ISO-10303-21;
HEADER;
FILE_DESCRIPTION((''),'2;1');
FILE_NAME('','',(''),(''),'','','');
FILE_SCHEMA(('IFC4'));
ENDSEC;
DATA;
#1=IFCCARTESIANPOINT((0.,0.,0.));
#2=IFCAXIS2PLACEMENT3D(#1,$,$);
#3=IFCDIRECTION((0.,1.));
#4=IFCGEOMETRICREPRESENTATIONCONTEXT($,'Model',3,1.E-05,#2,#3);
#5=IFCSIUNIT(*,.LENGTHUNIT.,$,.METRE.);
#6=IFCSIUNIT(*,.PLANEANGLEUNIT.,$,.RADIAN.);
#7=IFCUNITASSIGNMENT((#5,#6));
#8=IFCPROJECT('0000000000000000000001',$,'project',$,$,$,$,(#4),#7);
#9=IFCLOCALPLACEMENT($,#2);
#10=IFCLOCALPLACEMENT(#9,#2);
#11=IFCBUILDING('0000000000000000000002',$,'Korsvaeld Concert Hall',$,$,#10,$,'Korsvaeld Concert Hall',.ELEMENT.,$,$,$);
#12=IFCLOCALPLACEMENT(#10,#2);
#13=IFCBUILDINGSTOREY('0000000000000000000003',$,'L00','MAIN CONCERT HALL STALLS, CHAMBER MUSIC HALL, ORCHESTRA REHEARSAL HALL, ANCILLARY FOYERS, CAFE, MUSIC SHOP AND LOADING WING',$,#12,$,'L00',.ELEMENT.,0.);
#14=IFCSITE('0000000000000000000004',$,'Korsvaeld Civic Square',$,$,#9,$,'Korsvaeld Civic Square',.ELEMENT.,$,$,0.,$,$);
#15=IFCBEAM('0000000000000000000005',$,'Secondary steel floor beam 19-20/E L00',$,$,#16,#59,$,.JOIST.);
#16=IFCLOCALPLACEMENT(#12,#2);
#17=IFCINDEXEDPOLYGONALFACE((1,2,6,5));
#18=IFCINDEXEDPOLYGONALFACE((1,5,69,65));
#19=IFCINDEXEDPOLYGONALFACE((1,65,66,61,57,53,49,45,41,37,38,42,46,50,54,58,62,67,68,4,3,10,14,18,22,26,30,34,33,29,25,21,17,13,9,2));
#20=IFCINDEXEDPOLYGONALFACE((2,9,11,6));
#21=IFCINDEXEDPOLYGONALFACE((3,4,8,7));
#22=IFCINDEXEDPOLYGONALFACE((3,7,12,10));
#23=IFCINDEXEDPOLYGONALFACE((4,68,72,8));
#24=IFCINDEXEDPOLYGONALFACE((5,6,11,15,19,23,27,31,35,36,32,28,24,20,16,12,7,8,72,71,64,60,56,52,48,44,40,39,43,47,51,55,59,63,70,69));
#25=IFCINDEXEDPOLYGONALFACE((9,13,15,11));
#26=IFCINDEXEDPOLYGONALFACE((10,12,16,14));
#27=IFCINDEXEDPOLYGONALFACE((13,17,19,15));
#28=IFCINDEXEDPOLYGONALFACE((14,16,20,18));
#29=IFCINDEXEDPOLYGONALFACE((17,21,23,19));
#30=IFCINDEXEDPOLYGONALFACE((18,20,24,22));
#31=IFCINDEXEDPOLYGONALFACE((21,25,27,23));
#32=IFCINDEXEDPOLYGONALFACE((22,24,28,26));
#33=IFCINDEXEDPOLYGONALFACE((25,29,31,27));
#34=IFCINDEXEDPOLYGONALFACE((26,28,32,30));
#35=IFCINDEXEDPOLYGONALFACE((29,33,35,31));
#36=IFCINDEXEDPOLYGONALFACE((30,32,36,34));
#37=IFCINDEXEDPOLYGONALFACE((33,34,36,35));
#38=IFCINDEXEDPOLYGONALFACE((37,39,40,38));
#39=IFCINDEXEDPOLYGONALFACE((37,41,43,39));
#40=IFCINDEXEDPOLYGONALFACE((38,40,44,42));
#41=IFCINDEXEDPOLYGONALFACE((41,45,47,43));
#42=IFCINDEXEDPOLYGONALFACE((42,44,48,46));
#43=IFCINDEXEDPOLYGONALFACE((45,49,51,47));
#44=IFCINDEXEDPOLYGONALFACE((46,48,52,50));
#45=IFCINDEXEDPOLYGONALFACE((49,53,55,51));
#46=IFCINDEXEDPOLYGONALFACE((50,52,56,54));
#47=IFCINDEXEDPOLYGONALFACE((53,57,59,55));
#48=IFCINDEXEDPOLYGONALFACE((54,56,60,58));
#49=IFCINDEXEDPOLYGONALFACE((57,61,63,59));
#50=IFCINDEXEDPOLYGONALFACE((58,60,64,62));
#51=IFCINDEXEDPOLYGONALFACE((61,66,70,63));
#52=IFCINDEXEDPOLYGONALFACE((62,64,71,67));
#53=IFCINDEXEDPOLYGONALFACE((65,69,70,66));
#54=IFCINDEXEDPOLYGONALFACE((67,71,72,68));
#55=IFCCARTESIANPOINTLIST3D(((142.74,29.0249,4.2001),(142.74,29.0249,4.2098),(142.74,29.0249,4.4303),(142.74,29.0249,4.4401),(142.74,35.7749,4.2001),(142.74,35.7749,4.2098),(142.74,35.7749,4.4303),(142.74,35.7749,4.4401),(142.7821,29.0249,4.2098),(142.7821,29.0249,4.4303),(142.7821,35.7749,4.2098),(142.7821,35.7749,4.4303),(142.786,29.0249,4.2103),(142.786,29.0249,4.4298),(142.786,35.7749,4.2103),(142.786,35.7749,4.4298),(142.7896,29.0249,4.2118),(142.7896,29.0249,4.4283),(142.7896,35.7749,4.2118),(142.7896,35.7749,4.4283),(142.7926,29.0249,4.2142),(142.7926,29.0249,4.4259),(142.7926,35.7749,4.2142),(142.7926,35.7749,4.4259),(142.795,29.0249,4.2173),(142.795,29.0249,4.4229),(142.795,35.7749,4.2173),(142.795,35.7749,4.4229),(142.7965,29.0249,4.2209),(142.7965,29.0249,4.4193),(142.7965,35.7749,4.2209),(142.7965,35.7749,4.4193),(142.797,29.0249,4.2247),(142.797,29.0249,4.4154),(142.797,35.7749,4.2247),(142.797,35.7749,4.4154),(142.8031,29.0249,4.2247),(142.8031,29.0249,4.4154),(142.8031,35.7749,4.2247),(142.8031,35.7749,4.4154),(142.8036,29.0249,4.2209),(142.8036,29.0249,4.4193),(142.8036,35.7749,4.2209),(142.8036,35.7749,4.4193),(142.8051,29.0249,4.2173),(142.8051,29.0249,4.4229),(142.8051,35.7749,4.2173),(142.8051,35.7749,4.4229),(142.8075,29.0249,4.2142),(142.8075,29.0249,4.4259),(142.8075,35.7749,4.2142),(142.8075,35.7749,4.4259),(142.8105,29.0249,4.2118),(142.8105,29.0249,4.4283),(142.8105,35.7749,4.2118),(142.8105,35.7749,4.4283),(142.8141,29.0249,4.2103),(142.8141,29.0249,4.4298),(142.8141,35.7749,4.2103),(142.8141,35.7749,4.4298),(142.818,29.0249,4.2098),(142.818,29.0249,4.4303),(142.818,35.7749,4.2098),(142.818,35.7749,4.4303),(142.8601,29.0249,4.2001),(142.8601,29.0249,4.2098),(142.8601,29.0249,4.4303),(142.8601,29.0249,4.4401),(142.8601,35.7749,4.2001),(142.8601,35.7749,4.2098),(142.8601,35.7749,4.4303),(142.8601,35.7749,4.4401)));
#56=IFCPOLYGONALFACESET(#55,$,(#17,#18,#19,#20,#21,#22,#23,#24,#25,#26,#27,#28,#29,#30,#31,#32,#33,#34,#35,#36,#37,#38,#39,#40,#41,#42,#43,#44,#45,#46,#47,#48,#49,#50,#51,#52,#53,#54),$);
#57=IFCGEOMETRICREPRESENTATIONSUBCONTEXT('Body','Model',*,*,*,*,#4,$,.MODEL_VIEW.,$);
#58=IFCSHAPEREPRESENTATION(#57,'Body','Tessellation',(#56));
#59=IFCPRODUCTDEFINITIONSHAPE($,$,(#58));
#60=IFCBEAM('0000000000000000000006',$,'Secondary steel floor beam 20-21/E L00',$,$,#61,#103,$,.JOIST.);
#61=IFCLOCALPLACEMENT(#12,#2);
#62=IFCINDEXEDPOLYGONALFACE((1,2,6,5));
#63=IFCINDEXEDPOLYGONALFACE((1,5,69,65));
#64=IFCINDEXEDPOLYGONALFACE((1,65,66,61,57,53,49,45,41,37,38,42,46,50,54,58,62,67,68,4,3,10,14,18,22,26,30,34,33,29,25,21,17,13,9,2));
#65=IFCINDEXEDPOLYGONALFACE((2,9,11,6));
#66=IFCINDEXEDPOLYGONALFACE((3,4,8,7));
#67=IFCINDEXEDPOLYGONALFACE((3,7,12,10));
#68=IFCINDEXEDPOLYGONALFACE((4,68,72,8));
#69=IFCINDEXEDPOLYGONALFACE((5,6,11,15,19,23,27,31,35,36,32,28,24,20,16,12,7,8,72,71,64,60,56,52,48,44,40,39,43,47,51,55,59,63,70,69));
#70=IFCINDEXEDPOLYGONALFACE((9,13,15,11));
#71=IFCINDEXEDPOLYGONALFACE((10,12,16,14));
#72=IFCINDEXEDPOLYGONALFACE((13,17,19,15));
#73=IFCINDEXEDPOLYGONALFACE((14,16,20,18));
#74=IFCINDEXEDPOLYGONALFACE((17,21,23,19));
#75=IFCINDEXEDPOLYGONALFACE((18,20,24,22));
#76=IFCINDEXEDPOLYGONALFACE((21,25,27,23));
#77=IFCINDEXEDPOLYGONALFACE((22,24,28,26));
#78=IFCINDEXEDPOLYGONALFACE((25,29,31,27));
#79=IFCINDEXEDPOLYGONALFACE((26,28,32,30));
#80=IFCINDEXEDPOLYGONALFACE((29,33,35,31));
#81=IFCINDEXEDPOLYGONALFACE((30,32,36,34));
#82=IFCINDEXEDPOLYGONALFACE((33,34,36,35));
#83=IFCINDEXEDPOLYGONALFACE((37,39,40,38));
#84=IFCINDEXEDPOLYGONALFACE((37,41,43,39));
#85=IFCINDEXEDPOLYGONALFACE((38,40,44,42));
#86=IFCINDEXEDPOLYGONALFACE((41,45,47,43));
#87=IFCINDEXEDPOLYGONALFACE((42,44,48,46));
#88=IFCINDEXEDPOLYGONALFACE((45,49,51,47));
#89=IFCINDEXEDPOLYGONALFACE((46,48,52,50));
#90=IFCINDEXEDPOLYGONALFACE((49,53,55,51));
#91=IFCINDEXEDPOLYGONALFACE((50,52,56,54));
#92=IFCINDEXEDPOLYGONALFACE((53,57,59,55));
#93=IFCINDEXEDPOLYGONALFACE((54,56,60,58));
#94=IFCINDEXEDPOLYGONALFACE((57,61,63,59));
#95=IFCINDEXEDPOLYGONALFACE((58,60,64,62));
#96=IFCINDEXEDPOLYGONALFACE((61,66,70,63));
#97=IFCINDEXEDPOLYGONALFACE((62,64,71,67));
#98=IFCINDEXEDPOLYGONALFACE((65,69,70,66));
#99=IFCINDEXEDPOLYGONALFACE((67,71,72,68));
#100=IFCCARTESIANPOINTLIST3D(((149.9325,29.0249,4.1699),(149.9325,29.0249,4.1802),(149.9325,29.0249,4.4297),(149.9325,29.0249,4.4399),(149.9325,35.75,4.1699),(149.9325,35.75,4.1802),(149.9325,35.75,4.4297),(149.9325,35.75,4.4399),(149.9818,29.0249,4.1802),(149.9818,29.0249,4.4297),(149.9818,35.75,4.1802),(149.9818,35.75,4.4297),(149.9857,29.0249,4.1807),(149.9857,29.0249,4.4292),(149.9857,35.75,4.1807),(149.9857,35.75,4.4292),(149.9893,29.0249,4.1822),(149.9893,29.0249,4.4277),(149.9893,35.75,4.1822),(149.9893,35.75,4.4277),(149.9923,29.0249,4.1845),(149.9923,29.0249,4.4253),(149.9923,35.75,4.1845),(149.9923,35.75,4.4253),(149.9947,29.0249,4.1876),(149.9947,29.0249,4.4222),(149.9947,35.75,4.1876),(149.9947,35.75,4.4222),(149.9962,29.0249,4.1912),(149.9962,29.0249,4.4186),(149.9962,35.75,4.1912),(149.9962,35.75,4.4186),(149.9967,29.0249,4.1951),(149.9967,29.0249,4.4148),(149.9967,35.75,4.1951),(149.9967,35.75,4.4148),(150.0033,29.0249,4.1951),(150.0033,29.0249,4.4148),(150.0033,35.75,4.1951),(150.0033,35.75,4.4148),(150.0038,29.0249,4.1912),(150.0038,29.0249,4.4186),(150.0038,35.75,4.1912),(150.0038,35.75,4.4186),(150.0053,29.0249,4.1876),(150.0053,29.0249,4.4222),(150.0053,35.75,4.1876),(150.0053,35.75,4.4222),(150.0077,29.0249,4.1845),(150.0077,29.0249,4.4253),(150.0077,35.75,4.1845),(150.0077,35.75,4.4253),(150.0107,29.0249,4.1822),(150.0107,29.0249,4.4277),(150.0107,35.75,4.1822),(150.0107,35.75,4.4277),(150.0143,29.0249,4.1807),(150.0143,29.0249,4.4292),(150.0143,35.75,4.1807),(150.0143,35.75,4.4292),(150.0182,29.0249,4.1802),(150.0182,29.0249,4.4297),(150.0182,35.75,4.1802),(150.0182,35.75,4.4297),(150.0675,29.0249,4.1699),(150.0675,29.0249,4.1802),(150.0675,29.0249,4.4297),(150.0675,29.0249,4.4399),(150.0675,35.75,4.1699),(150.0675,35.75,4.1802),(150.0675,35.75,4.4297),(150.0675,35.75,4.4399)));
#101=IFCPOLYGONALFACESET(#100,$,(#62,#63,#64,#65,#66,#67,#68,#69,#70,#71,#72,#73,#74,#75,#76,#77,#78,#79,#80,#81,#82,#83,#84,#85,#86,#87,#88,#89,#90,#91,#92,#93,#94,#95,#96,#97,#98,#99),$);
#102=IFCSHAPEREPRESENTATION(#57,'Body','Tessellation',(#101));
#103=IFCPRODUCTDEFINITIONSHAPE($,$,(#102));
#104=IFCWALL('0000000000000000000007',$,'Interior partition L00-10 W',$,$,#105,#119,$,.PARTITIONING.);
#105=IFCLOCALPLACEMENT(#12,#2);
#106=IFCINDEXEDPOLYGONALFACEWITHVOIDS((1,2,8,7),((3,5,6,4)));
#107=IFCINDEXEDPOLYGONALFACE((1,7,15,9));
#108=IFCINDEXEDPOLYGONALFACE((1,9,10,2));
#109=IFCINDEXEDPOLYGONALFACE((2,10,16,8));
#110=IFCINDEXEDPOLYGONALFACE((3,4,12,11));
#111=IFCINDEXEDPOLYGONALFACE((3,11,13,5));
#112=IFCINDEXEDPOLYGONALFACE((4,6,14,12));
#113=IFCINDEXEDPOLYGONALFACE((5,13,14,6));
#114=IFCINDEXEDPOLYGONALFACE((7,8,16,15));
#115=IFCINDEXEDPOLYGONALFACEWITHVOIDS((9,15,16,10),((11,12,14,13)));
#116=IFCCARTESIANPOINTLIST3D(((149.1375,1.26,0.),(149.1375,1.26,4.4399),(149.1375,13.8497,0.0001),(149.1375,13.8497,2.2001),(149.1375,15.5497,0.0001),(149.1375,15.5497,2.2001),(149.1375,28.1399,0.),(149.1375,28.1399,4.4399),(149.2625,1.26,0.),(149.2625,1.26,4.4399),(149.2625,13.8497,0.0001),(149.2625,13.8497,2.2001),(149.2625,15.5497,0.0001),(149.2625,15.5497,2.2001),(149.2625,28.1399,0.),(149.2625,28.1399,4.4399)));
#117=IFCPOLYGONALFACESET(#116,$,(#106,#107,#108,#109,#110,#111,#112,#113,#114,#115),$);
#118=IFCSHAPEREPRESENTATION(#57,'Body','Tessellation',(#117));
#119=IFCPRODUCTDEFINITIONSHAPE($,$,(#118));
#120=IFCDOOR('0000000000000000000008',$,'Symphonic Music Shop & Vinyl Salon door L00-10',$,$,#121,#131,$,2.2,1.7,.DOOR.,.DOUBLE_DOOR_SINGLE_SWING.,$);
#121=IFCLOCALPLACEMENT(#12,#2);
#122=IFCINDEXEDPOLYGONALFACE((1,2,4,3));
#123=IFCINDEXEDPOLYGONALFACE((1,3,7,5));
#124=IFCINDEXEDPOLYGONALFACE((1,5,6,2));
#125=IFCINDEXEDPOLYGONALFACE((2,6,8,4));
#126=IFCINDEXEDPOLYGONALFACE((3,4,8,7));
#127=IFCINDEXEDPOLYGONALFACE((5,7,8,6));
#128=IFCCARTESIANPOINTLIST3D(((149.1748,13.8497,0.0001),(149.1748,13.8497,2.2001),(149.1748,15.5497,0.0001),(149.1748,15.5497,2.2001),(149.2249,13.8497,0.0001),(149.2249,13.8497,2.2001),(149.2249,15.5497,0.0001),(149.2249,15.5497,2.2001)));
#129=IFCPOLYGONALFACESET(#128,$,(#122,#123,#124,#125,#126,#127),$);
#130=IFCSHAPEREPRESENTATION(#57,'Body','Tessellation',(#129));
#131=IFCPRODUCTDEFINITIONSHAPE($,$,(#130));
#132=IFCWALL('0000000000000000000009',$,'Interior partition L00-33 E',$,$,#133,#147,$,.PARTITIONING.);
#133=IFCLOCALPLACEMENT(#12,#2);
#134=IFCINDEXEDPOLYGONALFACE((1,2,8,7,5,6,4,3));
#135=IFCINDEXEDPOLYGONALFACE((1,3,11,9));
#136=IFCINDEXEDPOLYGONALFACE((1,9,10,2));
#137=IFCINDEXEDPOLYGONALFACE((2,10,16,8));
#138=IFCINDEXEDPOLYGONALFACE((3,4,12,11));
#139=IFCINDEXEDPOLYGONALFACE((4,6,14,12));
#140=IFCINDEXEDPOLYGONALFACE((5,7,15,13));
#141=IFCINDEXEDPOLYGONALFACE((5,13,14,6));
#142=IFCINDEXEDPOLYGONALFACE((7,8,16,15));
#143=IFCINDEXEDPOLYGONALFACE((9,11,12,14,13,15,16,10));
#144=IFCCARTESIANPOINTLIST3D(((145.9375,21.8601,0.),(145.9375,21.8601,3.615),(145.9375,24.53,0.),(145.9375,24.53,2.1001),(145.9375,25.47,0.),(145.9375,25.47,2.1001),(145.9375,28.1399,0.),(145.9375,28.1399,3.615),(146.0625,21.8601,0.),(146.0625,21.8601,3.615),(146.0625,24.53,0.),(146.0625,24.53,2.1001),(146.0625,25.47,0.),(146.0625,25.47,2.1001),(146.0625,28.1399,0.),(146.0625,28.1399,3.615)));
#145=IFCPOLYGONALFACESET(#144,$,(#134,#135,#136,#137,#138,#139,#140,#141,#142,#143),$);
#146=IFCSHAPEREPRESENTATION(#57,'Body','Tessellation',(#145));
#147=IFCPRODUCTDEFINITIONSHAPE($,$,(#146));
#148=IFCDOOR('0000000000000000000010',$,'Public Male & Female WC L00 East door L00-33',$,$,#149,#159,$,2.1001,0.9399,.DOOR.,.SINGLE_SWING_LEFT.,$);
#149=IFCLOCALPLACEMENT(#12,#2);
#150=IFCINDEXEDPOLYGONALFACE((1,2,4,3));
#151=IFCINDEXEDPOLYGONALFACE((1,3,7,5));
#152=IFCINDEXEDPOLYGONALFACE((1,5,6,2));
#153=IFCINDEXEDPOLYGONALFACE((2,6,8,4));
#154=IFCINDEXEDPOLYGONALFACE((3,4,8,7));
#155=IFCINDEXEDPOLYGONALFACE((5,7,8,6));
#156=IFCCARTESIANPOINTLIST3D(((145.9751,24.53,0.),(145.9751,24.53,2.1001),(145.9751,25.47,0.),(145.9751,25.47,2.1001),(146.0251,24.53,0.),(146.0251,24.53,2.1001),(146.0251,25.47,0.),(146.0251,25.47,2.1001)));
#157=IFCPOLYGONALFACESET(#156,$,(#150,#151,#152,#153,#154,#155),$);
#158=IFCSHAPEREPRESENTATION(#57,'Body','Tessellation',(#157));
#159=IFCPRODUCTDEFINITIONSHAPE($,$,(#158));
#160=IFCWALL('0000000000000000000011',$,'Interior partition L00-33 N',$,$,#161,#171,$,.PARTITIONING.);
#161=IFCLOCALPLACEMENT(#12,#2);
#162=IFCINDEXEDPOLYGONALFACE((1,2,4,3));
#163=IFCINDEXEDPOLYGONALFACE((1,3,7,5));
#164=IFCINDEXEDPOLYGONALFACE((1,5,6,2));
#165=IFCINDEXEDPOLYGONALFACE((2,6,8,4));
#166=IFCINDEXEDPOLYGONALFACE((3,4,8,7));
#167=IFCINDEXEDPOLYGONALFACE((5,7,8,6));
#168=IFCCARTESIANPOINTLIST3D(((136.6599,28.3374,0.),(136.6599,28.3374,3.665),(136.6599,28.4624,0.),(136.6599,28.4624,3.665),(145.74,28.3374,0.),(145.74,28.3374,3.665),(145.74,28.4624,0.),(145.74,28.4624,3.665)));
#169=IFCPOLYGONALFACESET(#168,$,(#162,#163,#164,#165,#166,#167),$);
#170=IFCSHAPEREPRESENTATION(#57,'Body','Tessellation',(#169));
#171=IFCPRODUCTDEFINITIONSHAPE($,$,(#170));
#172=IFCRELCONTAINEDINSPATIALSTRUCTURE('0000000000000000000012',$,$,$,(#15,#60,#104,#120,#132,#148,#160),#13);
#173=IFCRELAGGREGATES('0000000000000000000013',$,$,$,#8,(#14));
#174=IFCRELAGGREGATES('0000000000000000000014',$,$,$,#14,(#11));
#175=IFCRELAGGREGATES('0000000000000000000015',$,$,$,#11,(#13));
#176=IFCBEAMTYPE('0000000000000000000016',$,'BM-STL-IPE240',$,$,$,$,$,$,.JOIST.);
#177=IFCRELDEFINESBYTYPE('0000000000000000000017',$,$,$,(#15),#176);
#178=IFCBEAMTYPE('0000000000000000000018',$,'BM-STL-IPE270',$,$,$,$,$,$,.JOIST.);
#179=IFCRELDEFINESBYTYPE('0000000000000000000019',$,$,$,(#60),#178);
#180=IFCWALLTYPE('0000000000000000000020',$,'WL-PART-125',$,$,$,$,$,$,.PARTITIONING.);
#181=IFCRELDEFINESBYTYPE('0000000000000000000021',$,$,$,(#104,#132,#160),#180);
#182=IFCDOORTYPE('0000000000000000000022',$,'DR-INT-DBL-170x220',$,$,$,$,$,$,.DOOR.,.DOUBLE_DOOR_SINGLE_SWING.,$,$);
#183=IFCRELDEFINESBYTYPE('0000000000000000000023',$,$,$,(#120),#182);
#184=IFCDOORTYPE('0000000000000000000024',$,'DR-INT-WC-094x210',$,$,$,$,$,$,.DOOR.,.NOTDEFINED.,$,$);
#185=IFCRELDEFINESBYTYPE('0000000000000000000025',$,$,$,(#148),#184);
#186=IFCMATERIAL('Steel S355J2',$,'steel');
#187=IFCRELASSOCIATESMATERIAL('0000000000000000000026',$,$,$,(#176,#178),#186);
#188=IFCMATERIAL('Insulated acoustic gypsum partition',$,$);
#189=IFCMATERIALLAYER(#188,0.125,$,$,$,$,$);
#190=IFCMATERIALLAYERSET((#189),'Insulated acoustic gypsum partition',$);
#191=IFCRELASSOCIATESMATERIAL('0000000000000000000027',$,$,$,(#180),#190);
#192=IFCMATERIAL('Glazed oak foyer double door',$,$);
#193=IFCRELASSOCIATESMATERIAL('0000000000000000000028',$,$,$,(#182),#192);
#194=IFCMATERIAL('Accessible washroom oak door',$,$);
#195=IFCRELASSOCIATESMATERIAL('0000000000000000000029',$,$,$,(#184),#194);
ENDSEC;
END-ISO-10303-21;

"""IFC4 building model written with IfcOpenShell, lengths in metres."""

from ifc_helpers import new_model, si_unit, direction, frame, frame_2d, origin, origin_2d, place, context, subcontext, project, spatial, rectangle, i_section, extrude, material, layer, layer_set, material_profile, profile_set, type_object, element, fill, save


model = new_model("IFC4")

# Units and contexts
model_context = context("Model", 3, precision=1e-05, world=origin(), true_north=direction((0.0, 1.0)))
body_context = subcontext(model_context, "Body", "Model", "MODEL_VIEW")
ifc_project = project(units=[si_unit("LENGTHUNIT", "METRE"), si_unit("PLANEANGLEUNIT", "RADIAN")], contexts=[model_context])

# Site, building, storey
site_placement = place(None, origin())
site = spatial("IfcSite", under=ifc_project, at=site_placement, Name="Korsvaeld Civic Square", LongName="Korsvaeld Civic Square", CompositionType="ELEMENT", RefElevation=0.0)
building_placement = place(site_placement, origin())
building = spatial("IfcBuilding", under=site, at=building_placement, Name="Korsvaeld Concert Hall", LongName="Korsvaeld Concert Hall", CompositionType="ELEMENT")
storey_placement = place(building_placement, origin())
storey = spatial("IfcBuildingStorey", under=building, at=storey_placement, Name="L00", Description="MAIN CONCERT HALL STALLS, CHAMBER MUSIC HALL, ORCHESTRA REHEARSAL HALL, ANCILLARY FOYERS, CAFE, MUSIC SHOP AND LOADING WING", LongName="L00", CompositionType="ELEMENT", Elevation=0.0)

# Beams
ifc_material_1 = material(Name="Steel S355J2", Category="steel")
ifc_material_profile_1 = material_profile(ifc_material_1, i_section(OverallWidth=0.1201, OverallDepth=0.24, WebThickness=0.0061, FlangeThickness=0.0098, FilletRadius=0.0149, at=origin_2d()), Name="IPE 240")
ifc_profile_set_1 = profile_set([ifc_material_profile_1], Name="Steel S355J2")
beam_type_1 = type_object("IfcBeamType", Name="BM-STL-IPE240", PredefinedType="JOIST", material=ifc_profile_set_1)
beam_1_placement = place(storey_placement, frame((142.8, 29.0249, 4.3201), z_axis=(0.0, 1.0, 0.0), x_axis=(-1.0, 0.0, 0.0)))
element("IfcBeam", 1, at=beam_1_placement, inside=storey, type_object=beam_type_1, Name="Secondary steel floor beam 19-20/E L00", PredefinedType="JOIST", context=body_context, shape_type="SweptSolid", body=[
    extrude(i_section(OverallWidth=0.1201, OverallDepth=0.24, WebThickness=0.0061, FlangeThickness=0.0098, FilletRadius=0.0149, at=origin_2d()), origin(), (0.0, 0.0, 1.0), 6.75),
])
ifc_material_profile_2 = material_profile(ifc_material_1, i_section(OverallWidth=0.135, OverallDepth=0.27, WebThickness=0.0066, FlangeThickness=0.0103, FilletRadius=0.0149, at=origin_2d()), Name="IPE 270")
ifc_profile_set_2 = profile_set([ifc_material_profile_2], Name="Steel S355J2")
beam_type_2 = type_object("IfcBeamType", Name="BM-STL-IPE270", PredefinedType="JOIST", material=ifc_profile_set_2)
beam_2_placement = place(storey_placement, frame((150.0, 29.0249, 4.3049), z_axis=(0.0, 1.0, 0.0), x_axis=(-1.0, 0.0, 0.0)))
element("IfcBeam", 2, at=beam_2_placement, inside=storey, type_object=beam_type_2, Name="Secondary steel floor beam 20-21/E L00", PredefinedType="JOIST", context=body_context, shape_type="SweptSolid", body=[
    extrude(i_section(OverallWidth=0.135, OverallDepth=0.27, WebThickness=0.0066, FlangeThickness=0.0103, FilletRadius=0.0149, at=origin_2d()), origin(), (0.0, 0.0, 1.0), 6.7251),
])

# Walls, openings, doors
ifc_material_2 = material(Name="Insulated acoustic gypsum partition")
ifc_layer = layer(ifc_material_2, 0.125)
ifc_layer_set = layer_set([ifc_layer], Name="Insulated acoustic gypsum partition")
wall_type = type_object("IfcWallType", Name="WL-PART-125", PredefinedType="PARTITIONING", material=ifc_layer_set)
wall_1_placement = place(storey_placement, frame((149.2, 28.1399, 0.0), z_axis=(0.0, 0.0, 1.0), x_axis=(0.0, -1.0, 0.0)))
wall_1 = element("IfcWall", 3, at=wall_1_placement, inside=storey, type_object=wall_type, Name="Interior partition L00-10 W", PredefinedType="PARTITIONING", context=body_context, shape_type="SweptSolid", body=[
    extrude(rectangle(XDim=26.8799, YDim=0.125, at=frame_2d((13.4399, 0.0))), origin(), (0.0, 0.0, 1.0), 4.4399),
])
opening_1_placement = place(wall_1_placement, frame((12.5901, 0.0, 0.0)))
opening_1 = element("IfcOpeningElement", 4, at=opening_1_placement, cuts=wall_1, PredefinedType="OPENING", context=body_context, shape_type="SweptSolid", body=[
    extrude(rectangle(XDim=1.7, YDim=2.2, at=frame_2d((0.8501, 1.1001))), frame((0.0, 0.0725, 0.0), z_axis=(0.0, -1.0, 0.0), x_axis=(1.0, 0.0, 0.0)), (0.0, 0.0, 1.0), 0.145),
])
ifc_material_3 = material(Name="Glazed oak foyer double door")
door_type_1 = type_object("IfcDoorType", Name="DR-INT-DBL-170x220", OperationType="DOUBLE_DOOR_SINGLE_SWING", PredefinedType="DOOR", material=ifc_material_3)
door_1_placement = place(opening_1_placement, origin())
door_1 = element("IfcDoor", 5, at=door_1_placement, inside=storey, type_object=door_type_1, Name="Symphonic Music Shop & Vinyl Salon door L00-10", OperationType="DOUBLE_DOOR_SINGLE_SWING", OverallHeight=2.2, OverallWidth=1.7, PredefinedType="DOOR", context=body_context, shape_type="SweptSolid", body=[
    extrude(rectangle(XDim=1.7, YDim=2.2, at=frame_2d((0.8501, 1.1001))), frame((0.0, 0.0249, 0.0), z_axis=(0.0, -1.0, 0.0), x_axis=(1.0, 0.0, 0.0)), (0.0, 0.0, 1.0), 0.05),
])
fill(opening_1, door_1)
wall_2_placement = place(storey_placement, frame((146.0, 21.8601, 0.0), z_axis=(0.0, 0.0, 1.0), x_axis=(0.0, 1.0, 0.0)))
wall_2 = element("IfcWall", 6, at=wall_2_placement, inside=storey, type_object=wall_type, Name="Interior partition L00-33 E", PredefinedType="PARTITIONING", context=body_context, shape_type="SweptSolid", body=[
    extrude(rectangle(XDim=6.2798, YDim=0.125, at=frame_2d((3.1399, 0.0))), origin(), (0.0, 0.0, 1.0), 3.615),
])
opening_2_placement = place(wall_2_placement, frame((2.6699, 0.0, 0.0)))
opening_2 = element("IfcOpeningElement", 7, at=opening_2_placement, cuts=wall_2, PredefinedType="OPENING", context=body_context, shape_type="SweptSolid", body=[
    extrude(rectangle(XDim=0.9399, YDim=2.1001, at=frame_2d((0.47, 1.05))), frame((0.0, 0.0725, 0.0), z_axis=(0.0, -1.0, 0.0), x_axis=(1.0, 0.0, 0.0)), (0.0, 0.0, 1.0), 0.145),
])
ifc_material_4 = material(Name="Accessible washroom oak door")
door_type_2 = type_object("IfcDoorType", Name="DR-INT-WC-094x210", OperationType="NOTDEFINED", PredefinedType="DOOR", material=ifc_material_4)
door_2_placement = place(opening_2_placement, origin())
door_2 = element("IfcDoor", 8, at=door_2_placement, inside=storey, type_object=door_type_2, Name="Public Male & Female WC L00 East door L00-33", OperationType="SINGLE_SWING_LEFT", OverallHeight=2.1001, OverallWidth=0.9399, PredefinedType="DOOR", context=body_context, shape_type="SweptSolid", body=[
    extrude(rectangle(XDim=0.9399, YDim=2.1001, at=frame_2d((0.47, 1.05))), frame((0.0, 0.0249, 0.0), z_axis=(0.0, -1.0, 0.0), x_axis=(1.0, 0.0, 0.0)), (0.0, 0.0, 1.0), 0.05),
])
fill(opening_2, door_2)

# Wall
wall_3_placement = place(storey_placement, frame((145.74, 28.3999, 0.0), z_axis=(0.0, 0.0, 1.0), x_axis=(-1.0, 0.0, 0.0)))
element("IfcWall", 9, at=wall_3_placement, inside=storey, type_object=wall_type, Name="Interior partition L00-33 N", PredefinedType="PARTITIONING", context=body_context, shape_type="SweptSolid", body=[
    extrude(rectangle(XDim=9.0801, YDim=0.125, at=frame_2d((4.54, 0.0))), origin(), (0.0, 0.0, 1.0), 3.665),
])

save(model, "model.ifc")
